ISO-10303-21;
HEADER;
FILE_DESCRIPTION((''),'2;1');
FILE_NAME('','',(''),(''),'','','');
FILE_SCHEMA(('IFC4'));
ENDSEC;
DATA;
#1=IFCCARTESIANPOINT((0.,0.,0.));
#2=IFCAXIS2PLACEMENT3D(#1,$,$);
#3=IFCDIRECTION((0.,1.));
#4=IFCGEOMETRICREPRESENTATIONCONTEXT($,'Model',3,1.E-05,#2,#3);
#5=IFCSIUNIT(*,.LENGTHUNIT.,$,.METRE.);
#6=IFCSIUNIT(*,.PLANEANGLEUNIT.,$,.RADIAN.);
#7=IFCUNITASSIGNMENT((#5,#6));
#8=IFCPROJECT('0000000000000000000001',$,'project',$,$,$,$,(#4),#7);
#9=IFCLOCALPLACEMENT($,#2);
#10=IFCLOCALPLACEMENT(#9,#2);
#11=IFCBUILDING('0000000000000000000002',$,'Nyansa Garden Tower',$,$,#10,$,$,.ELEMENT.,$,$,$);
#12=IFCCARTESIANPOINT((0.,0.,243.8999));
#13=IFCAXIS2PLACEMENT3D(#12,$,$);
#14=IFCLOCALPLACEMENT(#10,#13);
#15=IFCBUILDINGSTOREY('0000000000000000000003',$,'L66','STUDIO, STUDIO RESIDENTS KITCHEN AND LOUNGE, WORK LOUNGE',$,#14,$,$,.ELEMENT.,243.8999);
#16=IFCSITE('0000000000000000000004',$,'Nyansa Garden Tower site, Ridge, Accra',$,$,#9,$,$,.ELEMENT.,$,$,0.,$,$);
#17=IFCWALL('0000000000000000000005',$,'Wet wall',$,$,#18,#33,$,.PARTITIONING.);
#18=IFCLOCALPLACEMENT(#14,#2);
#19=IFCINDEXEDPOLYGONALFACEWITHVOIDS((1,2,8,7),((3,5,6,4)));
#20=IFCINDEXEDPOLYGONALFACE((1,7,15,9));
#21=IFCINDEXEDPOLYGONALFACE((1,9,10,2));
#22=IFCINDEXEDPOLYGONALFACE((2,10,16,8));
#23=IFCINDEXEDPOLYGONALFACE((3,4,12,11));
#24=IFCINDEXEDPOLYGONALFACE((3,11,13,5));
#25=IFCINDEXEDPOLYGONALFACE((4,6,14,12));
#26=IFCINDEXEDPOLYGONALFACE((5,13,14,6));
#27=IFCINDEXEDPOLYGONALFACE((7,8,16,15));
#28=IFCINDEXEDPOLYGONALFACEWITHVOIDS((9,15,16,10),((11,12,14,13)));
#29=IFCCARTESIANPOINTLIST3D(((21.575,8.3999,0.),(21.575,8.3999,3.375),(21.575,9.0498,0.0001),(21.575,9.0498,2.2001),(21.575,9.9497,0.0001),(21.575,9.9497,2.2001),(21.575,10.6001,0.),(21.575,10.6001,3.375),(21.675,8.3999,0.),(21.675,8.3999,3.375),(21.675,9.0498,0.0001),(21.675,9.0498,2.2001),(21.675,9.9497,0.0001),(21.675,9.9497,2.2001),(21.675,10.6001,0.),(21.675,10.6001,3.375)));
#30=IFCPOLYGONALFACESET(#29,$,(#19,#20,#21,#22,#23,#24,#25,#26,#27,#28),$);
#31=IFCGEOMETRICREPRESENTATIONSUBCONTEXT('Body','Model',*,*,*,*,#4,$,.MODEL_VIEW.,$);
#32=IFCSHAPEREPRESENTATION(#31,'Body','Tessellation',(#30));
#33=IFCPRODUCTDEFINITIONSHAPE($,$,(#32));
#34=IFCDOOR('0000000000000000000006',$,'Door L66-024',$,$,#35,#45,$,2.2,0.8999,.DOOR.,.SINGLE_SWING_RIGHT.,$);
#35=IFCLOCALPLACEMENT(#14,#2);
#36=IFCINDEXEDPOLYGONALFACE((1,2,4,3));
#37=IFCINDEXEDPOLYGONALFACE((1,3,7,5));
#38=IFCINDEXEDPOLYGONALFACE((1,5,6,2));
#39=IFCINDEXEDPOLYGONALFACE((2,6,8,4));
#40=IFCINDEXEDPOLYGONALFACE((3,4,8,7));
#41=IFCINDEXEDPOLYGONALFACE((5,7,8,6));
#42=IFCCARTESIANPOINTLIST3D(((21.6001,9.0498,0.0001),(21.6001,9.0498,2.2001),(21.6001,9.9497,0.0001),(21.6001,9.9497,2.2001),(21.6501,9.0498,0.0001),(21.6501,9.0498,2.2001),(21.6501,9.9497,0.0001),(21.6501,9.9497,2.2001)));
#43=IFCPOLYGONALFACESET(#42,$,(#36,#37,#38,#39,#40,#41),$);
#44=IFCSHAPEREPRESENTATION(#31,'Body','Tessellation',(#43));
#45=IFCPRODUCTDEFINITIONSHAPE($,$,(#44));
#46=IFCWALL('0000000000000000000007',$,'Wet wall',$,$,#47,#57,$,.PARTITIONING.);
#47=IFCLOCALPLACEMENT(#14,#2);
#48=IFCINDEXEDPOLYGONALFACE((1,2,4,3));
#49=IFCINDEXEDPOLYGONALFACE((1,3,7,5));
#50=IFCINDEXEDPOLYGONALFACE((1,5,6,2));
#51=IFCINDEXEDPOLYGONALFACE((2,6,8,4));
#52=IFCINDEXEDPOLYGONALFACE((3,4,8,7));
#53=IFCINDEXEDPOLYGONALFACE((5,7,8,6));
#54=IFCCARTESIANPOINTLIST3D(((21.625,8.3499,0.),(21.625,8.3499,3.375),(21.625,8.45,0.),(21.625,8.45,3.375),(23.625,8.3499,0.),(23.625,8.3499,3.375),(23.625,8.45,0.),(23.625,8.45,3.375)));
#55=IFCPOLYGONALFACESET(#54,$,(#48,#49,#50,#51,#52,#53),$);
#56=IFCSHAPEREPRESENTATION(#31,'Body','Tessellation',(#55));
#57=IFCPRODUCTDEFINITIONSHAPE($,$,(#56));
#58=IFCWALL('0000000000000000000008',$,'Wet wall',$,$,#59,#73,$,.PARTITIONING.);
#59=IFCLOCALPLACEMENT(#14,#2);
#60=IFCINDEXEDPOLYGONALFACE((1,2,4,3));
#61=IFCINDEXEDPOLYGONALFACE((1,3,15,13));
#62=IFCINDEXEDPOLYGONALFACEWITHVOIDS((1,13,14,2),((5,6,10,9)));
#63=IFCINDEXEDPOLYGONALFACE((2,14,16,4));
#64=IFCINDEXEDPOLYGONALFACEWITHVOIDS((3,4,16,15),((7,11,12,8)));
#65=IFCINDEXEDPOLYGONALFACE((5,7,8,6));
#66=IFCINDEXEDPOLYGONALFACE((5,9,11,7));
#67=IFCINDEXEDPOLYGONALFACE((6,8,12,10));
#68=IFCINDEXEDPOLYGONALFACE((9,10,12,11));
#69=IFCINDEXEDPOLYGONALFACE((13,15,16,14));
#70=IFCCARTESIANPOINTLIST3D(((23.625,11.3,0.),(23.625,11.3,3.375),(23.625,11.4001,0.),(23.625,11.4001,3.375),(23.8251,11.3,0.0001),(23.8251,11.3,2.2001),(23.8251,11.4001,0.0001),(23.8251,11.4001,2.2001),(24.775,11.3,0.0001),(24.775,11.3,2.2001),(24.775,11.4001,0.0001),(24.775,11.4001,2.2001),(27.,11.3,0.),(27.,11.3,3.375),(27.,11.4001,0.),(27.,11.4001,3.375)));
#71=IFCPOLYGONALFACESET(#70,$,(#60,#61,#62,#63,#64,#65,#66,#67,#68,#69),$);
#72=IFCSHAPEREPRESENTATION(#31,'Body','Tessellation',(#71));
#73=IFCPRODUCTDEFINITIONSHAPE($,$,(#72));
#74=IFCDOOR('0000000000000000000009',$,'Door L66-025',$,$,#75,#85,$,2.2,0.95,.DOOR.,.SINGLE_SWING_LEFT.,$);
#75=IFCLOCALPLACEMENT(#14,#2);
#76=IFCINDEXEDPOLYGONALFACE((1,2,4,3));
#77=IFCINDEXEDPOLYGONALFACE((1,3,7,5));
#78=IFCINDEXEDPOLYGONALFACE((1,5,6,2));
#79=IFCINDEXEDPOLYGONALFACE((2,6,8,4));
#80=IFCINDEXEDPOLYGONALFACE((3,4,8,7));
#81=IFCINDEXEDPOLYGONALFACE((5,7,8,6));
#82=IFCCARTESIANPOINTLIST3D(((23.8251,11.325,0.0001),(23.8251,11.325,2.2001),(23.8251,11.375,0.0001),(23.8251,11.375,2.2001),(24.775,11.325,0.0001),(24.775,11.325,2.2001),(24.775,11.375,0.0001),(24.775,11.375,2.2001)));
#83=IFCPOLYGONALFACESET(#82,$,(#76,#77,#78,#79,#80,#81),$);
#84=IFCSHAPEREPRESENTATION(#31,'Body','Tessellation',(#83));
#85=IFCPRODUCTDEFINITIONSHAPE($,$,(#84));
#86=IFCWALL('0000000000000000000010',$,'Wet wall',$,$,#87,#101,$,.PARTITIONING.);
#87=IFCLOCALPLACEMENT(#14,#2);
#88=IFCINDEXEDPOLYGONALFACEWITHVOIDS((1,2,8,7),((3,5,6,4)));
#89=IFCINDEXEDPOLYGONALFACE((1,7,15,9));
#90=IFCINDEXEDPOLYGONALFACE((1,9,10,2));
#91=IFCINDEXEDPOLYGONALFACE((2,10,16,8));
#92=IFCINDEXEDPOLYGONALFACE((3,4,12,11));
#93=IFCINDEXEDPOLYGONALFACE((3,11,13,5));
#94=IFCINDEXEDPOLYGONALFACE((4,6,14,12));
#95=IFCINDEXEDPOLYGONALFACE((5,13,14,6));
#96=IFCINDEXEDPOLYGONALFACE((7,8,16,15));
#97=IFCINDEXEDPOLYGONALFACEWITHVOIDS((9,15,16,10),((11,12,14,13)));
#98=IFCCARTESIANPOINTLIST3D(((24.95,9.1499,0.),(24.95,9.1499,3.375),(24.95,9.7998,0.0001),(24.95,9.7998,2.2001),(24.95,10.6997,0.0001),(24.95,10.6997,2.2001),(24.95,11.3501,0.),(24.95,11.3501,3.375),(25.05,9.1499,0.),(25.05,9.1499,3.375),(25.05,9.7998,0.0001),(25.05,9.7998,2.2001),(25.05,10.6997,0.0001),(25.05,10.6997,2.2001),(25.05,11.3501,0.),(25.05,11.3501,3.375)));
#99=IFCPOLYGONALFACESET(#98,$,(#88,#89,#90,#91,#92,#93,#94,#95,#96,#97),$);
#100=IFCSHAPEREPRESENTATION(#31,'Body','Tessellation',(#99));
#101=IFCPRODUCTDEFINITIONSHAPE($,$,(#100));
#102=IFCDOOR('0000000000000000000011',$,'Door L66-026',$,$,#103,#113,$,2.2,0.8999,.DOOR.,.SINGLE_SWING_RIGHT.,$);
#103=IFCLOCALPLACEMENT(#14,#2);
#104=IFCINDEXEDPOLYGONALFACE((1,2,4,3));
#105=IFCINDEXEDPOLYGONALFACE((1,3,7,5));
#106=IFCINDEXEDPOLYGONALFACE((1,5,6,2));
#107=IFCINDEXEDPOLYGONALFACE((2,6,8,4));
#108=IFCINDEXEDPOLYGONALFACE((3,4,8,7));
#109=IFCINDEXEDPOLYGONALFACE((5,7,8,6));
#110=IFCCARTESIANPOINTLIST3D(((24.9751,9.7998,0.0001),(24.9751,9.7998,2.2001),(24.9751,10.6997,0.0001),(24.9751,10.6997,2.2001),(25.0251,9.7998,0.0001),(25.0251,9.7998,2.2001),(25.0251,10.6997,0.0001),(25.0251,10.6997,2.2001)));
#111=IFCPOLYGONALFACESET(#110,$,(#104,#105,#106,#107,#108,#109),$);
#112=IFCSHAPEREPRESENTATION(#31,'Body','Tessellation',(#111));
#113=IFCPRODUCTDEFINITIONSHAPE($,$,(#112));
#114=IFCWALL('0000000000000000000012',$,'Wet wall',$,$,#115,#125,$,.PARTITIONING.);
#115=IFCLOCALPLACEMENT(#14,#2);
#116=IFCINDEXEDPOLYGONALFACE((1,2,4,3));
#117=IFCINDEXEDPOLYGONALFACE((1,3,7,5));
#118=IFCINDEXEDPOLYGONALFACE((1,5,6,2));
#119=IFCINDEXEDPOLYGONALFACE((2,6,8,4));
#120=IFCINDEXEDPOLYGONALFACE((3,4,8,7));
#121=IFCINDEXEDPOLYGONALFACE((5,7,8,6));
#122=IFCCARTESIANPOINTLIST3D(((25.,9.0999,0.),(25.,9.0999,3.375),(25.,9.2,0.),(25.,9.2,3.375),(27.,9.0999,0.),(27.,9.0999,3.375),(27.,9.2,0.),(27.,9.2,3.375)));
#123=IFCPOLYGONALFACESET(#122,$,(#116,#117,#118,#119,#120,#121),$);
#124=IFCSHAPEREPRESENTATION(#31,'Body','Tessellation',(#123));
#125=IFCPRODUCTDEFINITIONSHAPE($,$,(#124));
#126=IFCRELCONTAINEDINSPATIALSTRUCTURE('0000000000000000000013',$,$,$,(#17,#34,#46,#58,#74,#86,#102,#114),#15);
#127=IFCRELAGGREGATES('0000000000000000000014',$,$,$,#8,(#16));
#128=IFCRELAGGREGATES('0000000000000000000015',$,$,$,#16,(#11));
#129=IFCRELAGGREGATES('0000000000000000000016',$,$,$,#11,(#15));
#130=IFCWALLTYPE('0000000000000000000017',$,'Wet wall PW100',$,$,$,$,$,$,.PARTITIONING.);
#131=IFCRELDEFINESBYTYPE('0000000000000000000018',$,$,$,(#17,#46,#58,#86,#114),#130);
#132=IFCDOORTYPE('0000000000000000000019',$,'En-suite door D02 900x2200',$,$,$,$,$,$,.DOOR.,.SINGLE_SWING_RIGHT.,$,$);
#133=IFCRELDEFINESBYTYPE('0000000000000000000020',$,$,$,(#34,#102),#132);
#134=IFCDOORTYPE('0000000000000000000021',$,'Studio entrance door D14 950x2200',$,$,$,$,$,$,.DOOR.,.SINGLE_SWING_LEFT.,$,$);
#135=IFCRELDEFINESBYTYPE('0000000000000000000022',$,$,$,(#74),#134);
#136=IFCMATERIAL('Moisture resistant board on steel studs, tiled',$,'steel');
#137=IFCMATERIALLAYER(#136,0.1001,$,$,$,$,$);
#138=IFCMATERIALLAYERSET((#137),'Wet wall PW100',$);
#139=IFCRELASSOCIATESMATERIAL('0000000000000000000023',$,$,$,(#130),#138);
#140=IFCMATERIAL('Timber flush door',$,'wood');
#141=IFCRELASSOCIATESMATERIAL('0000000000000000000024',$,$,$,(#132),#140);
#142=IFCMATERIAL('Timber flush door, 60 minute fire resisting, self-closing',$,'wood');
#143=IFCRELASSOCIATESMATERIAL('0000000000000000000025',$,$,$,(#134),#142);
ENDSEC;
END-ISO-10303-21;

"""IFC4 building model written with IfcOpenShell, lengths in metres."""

from ifc_helpers import new_model, si_unit, direction, frame, frame_2d, origin, place, context, subcontext, project, spatial, rectangle, extrude, material, layer, layer_set, type_object, element, fill, save


model = new_model("IFC4")

# Units and contexts
model_context = context("Model", 3, precision=1e-05, world=origin(), true_north=direction((0.0, 1.0)))
body_context = subcontext(model_context, "Body", "Model", "MODEL_VIEW")
ifc_project = project(units=[si_unit("LENGTHUNIT", "METRE"), si_unit("PLANEANGLEUNIT", "RADIAN")], contexts=[model_context])

# Site, building, storey
site_placement = place(None, origin())
site = spatial("IfcSite", under=ifc_project, at=site_placement, Name="Nyansa Garden Tower site, Ridge, Accra", CompositionType="ELEMENT", RefElevation=0.0)
building_placement = place(site_placement, origin())
building = spatial("IfcBuilding", under=site, at=building_placement, Name="Nyansa Garden Tower", CompositionType="ELEMENT")
storey_placement = place(building_placement, frame((0.0, 0.0, 243.8999)))
storey = spatial("IfcBuildingStorey", under=building, at=storey_placement, Name="L66", Description="STUDIO, STUDIO RESIDENTS KITCHEN AND LOUNGE, WORK LOUNGE", CompositionType="ELEMENT", Elevation=243.8999)

# Shared definitions
ifc_material_1 = material(Name="Moisture resistant board on steel studs, tiled", Category="steel")
ifc_layer_1 = layer(ifc_material_1, 0.1001)
ifc_layer_set_1 = layer_set([ifc_layer_1], Name="Wet wall PW100")
wall_type_1 = type_object("IfcWallType", Name="Wet wall PW100", PredefinedType="PARTITIONING", material=ifc_layer_set_1)
ifc_material_2 = material(Name="Timber flush door", Category="wood")
door_type_1 = type_object("IfcDoorType", Name="En-suite door D02 900x2200", OperationType="SINGLE_SWING_RIGHT", PredefinedType="DOOR", material=ifc_material_2)

# Wall, opening, door
wall_1_placement = place(storey_placement, frame((21.625, 8.3999, 0.0), z_axis=(0.0, 0.0, 1.0), x_axis=(0.0, 1.0, 0.0)))
wall_1 = element("IfcWall", 1, at=wall_1_placement, inside=storey, type_object=wall_type_1, Name="Wet wall", PredefinedType="PARTITIONING", context=body_context, shape_type="SweptSolid", body=[
    extrude(rectangle(XDim=2.2002, YDim=0.1001, at=frame_2d((1.1001, 0.0))), origin(), (0.0, 0.0, 1.0), 3.375),
])
opening_1_placement = place(wall_1_placement, frame((0.6499, 0.0, 0.0)))
opening_1 = element("IfcOpeningElement", 2, at=opening_1_placement, cuts=wall_1, PredefinedType="OPENING", context=body_context, shape_type="SweptSolid", body=[
    extrude(rectangle(XDim=0.8999, YDim=2.2, at=frame_2d((0.45, 1.1001))), frame((0.0, 0.0601, 0.0), z_axis=(0.0, -1.0, 0.0), x_axis=(1.0, 0.0, 0.0)), (0.0, 0.0, 1.0), 0.1201),
])
door_1_placement = place(opening_1_placement, origin())
door_1 = element("IfcDoor", 3, at=door_1_placement, inside=storey, type_object=door_type_1, Name="Door L66-024", OperationType="SINGLE_SWING_RIGHT", OverallHeight=2.2, OverallWidth=0.8999, PredefinedType="DOOR", context=body_context, shape_type="SweptSolid", body=[
    extrude(rectangle(XDim=0.8999, YDim=2.2, at=frame_2d((0.45, 1.1001))), frame((0.0, 0.0249, 0.0), z_axis=(0.0, -1.0, 0.0), x_axis=(1.0, 0.0, 0.0)), (0.0, 0.0, 1.0), 0.05),
])
fill(opening_1, door_1)

# Wall
wall_2_placement = place(storey_placement, frame((21.625, 8.3999, 0.0), z_axis=(0.0, 0.0, 1.0), x_axis=(1.0, 0.0, 0.0)))
element("IfcWall", 4, at=wall_2_placement, inside=storey, type_object=wall_type_1, Name="Wet wall", PredefinedType="PARTITIONING", context=body_context, shape_type="SweptSolid", body=[
    extrude(rectangle(XDim=2.0, YDim=0.1001, at=frame_2d((1.0, 0.0))), origin(), (0.0, 0.0, 1.0), 3.375),
])

# Walls, openings, doors
wall_3_placement = place(storey_placement, frame((23.625, 11.3501, 0.0), z_axis=(0.0, 0.0, 1.0), x_axis=(1.0, 0.0, 0.0)))
wall_3 = element("IfcWall", 5, at=wall_3_placement, inside=storey, type_object=wall_type_1, Name="Wet wall", PredefinedType="PARTITIONING", context=body_context, shape_type="SweptSolid", body=[
    extrude(rectangle(XDim=3.375, YDim=0.1001, at=frame_2d((1.6875, 0.0))), origin(), (0.0, 0.0, 1.0), 3.375),
])
opening_2_placement = place(wall_3_placement, frame((0.2, 0.0, 0.0)))
opening_2 = element("IfcOpeningElement", 6, at=opening_2_placement, cuts=wall_3, PredefinedType="OPENING", context=body_context, shape_type="SweptSolid", body=[
    extrude(rectangle(XDim=0.95, YDim=2.2, at=frame_2d((0.4751, 1.1001))), frame((0.0, 0.0601, 0.0), z_axis=(0.0, -1.0, 0.0), x_axis=(1.0, 0.0, 0.0)), (0.0, 0.0, 1.0), 0.1201),
])
ifc_material_3 = material(Name="Timber flush door, 60 minute fire resisting, self-closing", Category="wood")
door_type_2 = type_object("IfcDoorType", Name="Studio entrance door D14 950x2200", OperationType="SINGLE_SWING_LEFT", PredefinedType="DOOR", material=ifc_material_3)
door_2_placement = place(opening_2_placement, origin())
door_2 = element("IfcDoor", 7, at=door_2_placement, inside=storey, type_object=door_type_2, Name="Door L66-025", OperationType="SINGLE_SWING_LEFT", OverallHeight=2.2, OverallWidth=0.95, PredefinedType="DOOR", context=body_context, shape_type="SweptSolid", body=[
    extrude(rectangle(XDim=0.95, YDim=2.2, at=frame_2d((0.4751, 1.1001))), frame((0.0, 0.0249, 0.0), z_axis=(0.0, -1.0, 0.0), x_axis=(1.0, 0.0, 0.0)), (0.0, 0.0, 1.0), 0.05),
])
fill(opening_2, door_2)
wall_4_placement = place(storey_placement, frame((25.0, 9.1499, 0.0), z_axis=(0.0, 0.0, 1.0), x_axis=(0.0, 1.0, 0.0)))
wall_4 = element("IfcWall", 8, at=wall_4_placement, inside=storey, type_object=wall_type_1, Name="Wet wall", PredefinedType="PARTITIONING", context=body_context, shape_type="SweptSolid", body=[
    extrude(rectangle(XDim=2.2002, YDim=0.1001, at=frame_2d((1.1001, 0.0))), origin(), (0.0, 0.0, 1.0), 3.375),
])
opening_3_placement = place(wall_4_placement, frame((0.6499, 0.0, 0.0)))
opening_3 = element("IfcOpeningElement", 9, at=opening_3_placement, cuts=wall_4, PredefinedType="OPENING", context=body_context, shape_type="SweptSolid", body=[
    extrude(rectangle(XDim=0.8999, YDim=2.2, at=frame_2d((0.45, 1.1001))), frame((0.0, 0.0601, 0.0), z_axis=(0.0, -1.0, 0.0), x_axis=(1.0, 0.0, 0.0)), (0.0, 0.0, 1.0), 0.1201),
])
door_3_placement = place(opening_3_placement, origin())
door_3 = element("IfcDoor", 10, at=door_3_placement, inside=storey, type_object=door_type_1, Name="Door L66-026", OperationType="SINGLE_SWING_RIGHT", OverallHeight=2.2, OverallWidth=0.8999, PredefinedType="DOOR", context=body_context, shape_type="SweptSolid", body=[
    extrude(rectangle(XDim=0.8999, YDim=2.2, at=frame_2d((0.45, 1.1001))), frame((0.0, 0.0249, 0.0), z_axis=(0.0, -1.0, 0.0), x_axis=(1.0, 0.0, 0.0)), (0.0, 0.0, 1.0), 0.05),
])
fill(opening_3, door_3)

# Wall
wall_5_placement = place(storey_placement, frame((25.0, 9.1499, 0.0), z_axis=(0.0, 0.0, 1.0), x_axis=(1.0, 0.0, 0.0)))
element("IfcWall", 11, at=wall_5_placement, inside=storey, type_object=wall_type_1, Name="Wet wall", PredefinedType="PARTITIONING", context=body_context, shape_type="SweptSolid", body=[
    extrude(rectangle(XDim=2.0, YDim=0.1001, at=frame_2d((1.0, 0.0))), origin(), (0.0, 0.0, 1.0), 3.375),
])

save(model, "model.ifc")
